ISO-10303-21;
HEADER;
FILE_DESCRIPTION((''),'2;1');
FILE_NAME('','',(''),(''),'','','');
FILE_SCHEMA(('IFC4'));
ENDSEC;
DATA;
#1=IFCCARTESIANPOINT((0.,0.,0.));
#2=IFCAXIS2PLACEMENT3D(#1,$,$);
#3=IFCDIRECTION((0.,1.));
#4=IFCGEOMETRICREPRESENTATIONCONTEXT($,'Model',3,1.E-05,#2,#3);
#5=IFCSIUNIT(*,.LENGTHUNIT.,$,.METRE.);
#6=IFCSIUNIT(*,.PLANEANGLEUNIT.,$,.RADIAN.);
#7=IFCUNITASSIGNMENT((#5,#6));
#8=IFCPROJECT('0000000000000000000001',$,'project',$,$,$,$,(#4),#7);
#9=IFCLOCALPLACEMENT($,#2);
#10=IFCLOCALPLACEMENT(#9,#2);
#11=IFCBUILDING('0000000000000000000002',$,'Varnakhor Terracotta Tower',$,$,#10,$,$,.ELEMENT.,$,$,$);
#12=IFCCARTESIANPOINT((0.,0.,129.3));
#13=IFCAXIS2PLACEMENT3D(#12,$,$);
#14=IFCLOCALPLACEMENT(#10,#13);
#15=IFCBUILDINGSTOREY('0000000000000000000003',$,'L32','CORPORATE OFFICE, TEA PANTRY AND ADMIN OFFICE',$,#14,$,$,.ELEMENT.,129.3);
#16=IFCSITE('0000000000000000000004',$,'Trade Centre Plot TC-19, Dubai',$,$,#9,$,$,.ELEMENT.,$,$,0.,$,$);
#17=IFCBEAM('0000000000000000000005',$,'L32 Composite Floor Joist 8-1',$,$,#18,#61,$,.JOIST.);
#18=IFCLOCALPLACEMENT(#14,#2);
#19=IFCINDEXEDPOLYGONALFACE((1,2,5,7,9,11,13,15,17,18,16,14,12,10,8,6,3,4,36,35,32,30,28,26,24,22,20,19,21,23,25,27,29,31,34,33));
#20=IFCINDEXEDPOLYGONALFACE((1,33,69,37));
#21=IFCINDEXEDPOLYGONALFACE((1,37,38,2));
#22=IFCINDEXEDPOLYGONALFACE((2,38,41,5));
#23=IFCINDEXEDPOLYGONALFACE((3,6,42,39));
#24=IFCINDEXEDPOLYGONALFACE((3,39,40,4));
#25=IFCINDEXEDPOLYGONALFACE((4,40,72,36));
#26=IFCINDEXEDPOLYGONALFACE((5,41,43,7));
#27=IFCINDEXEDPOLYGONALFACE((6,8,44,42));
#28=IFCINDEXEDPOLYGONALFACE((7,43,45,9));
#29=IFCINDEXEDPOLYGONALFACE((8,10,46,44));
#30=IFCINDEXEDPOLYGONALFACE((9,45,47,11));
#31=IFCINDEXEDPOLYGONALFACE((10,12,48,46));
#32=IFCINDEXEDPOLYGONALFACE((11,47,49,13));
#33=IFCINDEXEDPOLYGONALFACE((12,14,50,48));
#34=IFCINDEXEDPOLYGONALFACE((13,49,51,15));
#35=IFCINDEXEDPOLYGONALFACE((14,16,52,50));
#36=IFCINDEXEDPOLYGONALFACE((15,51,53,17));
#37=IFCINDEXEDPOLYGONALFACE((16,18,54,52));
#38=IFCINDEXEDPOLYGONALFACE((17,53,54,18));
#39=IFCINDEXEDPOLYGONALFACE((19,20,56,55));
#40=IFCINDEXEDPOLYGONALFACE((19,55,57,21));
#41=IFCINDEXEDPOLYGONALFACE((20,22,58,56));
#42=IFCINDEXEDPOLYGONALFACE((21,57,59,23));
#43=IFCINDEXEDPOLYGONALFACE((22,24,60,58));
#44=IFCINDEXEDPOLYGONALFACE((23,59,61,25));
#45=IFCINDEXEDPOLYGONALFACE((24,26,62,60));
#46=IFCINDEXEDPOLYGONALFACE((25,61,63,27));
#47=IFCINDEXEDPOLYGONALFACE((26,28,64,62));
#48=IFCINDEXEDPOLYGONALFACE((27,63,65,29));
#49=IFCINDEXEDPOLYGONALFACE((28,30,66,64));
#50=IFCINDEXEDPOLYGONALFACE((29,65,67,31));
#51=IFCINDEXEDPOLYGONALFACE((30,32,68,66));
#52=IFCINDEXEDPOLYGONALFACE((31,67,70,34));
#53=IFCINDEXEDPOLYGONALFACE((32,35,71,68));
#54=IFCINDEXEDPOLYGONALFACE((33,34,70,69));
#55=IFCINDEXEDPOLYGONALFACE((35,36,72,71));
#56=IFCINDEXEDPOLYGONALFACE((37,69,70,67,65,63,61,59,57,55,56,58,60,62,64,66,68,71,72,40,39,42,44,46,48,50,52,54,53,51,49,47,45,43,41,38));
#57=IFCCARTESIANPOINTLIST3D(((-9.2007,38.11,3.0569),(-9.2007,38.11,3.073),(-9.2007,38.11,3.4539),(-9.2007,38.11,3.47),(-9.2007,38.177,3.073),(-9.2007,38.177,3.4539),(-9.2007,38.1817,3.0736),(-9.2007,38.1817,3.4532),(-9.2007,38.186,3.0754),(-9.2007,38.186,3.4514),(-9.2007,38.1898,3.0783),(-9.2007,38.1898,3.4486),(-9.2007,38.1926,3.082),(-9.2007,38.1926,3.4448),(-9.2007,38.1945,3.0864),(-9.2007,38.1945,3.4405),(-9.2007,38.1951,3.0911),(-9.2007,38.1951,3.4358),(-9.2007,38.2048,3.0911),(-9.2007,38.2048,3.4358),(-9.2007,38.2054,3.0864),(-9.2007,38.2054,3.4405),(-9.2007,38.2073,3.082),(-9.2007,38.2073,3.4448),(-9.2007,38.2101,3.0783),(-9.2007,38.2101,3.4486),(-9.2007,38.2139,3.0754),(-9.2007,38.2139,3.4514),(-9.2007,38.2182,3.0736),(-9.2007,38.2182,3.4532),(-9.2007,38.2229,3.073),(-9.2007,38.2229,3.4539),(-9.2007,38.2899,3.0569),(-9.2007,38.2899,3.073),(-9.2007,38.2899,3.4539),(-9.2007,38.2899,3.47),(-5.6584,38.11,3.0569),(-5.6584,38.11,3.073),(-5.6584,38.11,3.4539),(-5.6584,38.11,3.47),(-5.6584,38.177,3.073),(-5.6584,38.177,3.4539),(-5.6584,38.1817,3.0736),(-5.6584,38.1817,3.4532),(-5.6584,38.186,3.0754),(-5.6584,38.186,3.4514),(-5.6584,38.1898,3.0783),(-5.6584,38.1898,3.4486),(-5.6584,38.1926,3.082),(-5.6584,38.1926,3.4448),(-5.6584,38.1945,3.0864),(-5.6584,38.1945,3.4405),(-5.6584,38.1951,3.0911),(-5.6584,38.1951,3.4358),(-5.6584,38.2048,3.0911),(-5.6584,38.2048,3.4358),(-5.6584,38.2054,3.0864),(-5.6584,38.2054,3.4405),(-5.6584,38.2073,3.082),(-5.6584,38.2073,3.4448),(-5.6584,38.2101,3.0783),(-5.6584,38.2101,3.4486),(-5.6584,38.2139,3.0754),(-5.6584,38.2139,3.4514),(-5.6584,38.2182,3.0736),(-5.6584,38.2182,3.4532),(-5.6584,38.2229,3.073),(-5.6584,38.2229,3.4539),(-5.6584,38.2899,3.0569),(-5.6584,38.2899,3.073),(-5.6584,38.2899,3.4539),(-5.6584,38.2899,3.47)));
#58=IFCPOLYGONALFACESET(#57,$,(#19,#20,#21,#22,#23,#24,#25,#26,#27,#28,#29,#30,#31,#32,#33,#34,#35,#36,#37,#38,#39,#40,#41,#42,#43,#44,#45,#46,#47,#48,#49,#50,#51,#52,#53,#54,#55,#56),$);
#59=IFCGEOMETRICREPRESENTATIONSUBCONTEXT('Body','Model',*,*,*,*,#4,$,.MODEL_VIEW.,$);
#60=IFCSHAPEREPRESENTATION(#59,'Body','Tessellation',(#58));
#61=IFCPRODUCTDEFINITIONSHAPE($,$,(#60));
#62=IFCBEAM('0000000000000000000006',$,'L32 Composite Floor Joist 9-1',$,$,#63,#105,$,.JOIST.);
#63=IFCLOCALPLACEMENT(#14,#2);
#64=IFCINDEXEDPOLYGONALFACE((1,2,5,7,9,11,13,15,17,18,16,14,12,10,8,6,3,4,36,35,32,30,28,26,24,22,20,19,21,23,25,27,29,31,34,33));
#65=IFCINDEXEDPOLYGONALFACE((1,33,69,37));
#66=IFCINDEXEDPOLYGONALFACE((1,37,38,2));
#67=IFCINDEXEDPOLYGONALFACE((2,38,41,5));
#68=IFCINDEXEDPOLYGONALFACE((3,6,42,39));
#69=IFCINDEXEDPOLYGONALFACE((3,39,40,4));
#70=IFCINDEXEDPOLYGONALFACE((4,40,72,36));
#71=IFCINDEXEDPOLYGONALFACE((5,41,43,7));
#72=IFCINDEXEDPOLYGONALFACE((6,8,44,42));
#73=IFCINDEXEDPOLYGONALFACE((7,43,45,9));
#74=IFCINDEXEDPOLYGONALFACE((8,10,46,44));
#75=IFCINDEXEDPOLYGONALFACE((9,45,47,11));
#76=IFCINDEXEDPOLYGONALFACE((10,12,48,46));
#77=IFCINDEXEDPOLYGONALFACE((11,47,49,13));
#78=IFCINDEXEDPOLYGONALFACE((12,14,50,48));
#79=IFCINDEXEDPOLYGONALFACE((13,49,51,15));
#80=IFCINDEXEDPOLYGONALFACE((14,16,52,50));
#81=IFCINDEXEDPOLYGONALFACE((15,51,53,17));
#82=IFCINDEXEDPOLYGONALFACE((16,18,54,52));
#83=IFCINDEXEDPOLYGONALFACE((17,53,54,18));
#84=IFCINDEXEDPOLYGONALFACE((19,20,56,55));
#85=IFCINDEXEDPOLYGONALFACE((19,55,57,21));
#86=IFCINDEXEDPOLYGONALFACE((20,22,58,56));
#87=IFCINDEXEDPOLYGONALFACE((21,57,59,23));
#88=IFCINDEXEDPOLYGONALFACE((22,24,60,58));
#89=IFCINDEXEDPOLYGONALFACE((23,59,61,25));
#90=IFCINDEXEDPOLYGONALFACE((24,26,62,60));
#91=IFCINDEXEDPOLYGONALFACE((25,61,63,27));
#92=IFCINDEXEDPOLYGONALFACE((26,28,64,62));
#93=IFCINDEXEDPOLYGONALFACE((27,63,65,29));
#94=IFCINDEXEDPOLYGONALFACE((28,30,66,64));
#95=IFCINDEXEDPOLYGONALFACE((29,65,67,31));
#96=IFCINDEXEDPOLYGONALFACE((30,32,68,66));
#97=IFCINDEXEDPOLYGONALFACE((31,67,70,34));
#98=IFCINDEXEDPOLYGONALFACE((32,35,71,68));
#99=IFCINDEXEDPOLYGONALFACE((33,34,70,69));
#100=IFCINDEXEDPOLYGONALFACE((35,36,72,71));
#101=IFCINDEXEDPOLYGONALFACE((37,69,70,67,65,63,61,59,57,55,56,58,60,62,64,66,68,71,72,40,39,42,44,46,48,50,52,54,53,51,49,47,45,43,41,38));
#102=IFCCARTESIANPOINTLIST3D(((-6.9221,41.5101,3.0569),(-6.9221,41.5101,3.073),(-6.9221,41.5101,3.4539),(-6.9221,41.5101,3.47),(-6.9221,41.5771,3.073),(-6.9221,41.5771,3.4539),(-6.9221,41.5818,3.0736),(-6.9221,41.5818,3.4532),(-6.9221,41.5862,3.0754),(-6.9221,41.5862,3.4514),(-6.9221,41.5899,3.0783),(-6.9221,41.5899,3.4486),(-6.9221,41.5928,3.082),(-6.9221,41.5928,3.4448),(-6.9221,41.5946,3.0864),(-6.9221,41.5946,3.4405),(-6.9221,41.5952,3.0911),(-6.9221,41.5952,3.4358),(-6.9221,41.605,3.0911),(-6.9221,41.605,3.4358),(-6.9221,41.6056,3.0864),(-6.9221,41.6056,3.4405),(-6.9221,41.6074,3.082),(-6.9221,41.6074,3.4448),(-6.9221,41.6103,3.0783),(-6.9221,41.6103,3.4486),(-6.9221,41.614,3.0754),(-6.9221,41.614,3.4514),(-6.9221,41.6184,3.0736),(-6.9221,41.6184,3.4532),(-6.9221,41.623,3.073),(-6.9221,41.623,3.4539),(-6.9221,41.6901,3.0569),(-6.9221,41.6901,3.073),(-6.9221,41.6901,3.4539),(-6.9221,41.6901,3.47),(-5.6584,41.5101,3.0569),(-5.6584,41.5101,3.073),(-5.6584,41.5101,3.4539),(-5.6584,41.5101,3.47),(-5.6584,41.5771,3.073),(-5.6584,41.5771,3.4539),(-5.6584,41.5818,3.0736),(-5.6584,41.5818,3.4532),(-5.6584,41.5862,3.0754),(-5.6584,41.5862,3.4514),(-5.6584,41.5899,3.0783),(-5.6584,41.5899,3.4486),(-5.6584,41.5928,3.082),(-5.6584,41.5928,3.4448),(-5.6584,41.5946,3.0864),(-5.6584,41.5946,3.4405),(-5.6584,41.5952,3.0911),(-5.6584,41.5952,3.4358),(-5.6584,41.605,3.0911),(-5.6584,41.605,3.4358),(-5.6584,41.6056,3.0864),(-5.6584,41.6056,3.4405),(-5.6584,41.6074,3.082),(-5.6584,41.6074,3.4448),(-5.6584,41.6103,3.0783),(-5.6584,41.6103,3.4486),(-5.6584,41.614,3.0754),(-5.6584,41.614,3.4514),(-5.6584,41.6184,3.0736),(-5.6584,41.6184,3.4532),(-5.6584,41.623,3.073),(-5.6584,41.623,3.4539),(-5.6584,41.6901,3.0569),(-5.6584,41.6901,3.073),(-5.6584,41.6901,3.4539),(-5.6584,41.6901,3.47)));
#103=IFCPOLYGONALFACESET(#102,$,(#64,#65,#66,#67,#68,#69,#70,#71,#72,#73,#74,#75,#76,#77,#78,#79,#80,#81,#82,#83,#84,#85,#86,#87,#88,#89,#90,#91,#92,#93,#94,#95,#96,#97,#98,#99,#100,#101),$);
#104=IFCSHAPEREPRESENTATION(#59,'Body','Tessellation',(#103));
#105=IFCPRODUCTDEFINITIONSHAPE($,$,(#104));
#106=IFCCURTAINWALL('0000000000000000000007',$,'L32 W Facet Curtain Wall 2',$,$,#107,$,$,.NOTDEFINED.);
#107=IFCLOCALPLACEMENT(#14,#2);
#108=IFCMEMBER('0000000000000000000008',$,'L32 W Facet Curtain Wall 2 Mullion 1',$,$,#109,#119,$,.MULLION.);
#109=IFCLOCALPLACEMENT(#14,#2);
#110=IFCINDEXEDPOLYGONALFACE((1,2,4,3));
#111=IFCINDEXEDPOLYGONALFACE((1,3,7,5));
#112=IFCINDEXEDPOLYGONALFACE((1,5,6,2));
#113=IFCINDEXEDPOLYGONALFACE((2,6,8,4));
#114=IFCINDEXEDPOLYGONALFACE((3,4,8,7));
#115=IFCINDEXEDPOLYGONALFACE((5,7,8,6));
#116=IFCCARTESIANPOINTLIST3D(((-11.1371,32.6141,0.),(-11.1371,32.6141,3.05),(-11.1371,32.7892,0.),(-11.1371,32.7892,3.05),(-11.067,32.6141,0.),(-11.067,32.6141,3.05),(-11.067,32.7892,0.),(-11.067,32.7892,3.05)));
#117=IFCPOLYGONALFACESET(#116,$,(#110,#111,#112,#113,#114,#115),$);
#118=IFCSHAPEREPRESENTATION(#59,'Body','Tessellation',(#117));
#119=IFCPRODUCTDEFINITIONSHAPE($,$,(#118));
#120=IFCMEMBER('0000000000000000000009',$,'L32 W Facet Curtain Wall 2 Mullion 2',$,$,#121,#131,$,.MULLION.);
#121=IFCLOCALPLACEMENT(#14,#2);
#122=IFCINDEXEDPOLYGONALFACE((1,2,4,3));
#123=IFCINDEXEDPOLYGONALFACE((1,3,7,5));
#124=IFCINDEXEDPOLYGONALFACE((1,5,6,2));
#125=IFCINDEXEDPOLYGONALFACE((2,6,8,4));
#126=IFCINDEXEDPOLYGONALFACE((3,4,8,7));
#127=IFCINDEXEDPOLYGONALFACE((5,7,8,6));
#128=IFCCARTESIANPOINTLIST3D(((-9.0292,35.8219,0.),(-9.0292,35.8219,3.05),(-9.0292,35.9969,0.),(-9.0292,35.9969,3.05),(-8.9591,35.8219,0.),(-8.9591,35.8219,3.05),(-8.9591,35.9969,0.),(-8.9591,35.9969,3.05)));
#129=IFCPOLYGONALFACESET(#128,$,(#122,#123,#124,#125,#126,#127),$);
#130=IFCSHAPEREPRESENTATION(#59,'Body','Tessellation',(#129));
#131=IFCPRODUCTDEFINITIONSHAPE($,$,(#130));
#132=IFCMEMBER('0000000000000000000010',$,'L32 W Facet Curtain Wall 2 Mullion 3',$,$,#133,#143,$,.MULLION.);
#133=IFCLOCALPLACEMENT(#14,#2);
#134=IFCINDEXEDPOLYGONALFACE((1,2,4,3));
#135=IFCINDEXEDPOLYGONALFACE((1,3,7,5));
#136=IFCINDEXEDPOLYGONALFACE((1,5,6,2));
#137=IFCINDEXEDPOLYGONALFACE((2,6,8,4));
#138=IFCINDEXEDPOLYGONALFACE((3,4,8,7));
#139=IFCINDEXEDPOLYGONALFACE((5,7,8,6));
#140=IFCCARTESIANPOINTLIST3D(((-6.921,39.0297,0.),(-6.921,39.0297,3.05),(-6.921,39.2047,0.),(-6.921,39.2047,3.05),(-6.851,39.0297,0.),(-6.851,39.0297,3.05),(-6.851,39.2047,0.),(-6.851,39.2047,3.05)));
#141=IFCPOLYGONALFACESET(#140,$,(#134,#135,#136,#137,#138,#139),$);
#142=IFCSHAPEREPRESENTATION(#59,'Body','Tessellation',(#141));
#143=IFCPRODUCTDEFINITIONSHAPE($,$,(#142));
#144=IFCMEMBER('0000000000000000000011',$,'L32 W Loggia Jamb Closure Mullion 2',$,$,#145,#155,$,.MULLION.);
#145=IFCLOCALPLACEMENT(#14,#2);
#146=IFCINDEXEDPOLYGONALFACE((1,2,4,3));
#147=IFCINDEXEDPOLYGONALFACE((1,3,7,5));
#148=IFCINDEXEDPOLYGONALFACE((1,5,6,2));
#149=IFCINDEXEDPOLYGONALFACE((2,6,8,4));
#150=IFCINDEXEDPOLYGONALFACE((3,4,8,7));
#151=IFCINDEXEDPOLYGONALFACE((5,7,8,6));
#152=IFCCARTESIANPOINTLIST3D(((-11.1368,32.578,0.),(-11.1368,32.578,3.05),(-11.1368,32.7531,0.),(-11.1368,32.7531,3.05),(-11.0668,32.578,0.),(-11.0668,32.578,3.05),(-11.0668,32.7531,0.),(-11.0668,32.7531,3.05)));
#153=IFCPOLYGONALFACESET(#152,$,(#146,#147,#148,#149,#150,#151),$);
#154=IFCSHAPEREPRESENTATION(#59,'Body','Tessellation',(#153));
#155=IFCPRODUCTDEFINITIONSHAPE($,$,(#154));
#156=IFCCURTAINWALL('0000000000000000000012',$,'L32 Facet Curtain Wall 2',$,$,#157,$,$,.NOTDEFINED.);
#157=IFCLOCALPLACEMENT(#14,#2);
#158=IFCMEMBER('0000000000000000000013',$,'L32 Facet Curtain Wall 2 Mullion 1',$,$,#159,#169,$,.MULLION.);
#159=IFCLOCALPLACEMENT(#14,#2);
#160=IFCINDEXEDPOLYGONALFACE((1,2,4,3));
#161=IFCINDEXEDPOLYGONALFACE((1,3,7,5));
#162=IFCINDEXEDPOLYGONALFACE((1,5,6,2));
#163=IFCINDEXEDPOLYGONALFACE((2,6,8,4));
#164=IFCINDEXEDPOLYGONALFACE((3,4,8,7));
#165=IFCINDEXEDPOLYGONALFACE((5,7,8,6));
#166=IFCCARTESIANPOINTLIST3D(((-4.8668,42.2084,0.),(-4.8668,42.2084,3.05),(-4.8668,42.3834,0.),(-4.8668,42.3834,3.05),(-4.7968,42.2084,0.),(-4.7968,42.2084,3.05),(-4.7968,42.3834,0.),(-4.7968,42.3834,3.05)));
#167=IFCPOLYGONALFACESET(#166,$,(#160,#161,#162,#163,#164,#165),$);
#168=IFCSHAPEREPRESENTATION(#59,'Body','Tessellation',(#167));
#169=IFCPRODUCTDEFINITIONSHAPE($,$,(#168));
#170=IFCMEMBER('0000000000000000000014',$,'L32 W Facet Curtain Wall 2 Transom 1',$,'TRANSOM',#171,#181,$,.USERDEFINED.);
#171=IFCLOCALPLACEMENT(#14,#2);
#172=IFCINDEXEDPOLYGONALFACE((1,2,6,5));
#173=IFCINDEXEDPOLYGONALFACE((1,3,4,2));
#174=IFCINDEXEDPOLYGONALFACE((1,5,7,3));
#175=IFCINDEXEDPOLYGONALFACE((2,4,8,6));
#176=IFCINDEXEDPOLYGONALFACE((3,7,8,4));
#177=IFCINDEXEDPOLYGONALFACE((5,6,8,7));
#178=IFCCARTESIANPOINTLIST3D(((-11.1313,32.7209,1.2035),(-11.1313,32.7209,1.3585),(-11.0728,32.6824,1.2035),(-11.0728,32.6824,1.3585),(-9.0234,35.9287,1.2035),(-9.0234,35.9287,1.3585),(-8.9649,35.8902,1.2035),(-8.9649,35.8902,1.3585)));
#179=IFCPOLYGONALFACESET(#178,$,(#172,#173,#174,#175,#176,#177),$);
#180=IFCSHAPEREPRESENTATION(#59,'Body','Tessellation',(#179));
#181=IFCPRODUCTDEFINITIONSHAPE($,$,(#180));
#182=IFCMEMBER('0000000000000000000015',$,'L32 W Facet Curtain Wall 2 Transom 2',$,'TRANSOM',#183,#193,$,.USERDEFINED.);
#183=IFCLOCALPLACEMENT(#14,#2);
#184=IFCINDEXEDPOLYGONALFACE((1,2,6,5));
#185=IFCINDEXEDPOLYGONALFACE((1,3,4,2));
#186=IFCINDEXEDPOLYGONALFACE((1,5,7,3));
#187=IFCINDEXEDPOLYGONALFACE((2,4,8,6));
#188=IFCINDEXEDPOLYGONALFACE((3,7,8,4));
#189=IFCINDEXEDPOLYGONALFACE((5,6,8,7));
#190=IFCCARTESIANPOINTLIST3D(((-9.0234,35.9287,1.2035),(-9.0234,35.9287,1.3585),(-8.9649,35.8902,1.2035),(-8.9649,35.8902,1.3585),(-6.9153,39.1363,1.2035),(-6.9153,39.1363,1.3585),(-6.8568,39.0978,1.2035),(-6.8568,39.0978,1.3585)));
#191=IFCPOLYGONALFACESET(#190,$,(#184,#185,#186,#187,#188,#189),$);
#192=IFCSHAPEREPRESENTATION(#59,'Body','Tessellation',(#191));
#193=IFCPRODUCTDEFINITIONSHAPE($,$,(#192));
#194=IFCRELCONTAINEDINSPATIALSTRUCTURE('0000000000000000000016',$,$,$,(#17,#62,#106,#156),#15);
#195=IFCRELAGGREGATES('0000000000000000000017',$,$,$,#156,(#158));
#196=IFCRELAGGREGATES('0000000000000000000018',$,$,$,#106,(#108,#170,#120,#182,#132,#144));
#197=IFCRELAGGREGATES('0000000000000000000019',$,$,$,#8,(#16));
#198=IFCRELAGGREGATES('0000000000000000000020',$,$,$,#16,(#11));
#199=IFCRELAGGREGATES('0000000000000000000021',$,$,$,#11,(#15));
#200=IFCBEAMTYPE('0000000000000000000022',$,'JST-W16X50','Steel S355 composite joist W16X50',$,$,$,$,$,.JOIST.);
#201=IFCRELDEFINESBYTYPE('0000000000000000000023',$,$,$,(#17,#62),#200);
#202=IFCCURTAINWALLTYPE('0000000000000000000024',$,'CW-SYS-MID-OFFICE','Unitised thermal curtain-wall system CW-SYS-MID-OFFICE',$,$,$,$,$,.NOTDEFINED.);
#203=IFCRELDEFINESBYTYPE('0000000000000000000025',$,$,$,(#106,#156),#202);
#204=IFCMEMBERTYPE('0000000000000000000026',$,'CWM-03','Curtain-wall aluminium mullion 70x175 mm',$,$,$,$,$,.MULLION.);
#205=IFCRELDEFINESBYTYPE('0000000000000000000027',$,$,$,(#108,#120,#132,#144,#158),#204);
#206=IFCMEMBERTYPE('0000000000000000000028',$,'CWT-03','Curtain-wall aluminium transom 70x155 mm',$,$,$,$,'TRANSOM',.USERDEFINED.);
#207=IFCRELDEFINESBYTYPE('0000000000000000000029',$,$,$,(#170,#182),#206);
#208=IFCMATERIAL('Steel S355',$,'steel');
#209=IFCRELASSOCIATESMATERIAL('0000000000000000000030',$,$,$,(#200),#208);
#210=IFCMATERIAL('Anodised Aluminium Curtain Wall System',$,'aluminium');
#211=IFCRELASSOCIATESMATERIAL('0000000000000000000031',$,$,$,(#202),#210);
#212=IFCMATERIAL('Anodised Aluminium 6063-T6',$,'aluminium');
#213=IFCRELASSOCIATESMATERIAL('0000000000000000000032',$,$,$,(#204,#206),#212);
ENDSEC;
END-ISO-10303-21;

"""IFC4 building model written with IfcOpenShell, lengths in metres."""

from ifc_helpers import new_model, si_unit, direction, frame, origin, origin_2d, place, context, subcontext, project, spatial, rectangle, i_section, extrude, source, transform, mapped, material, material_profile, profile_set, type_object, element, aggregate, save


model = new_model("IFC4")

# Units and contexts
model_context = context("Model", 3, precision=1e-05, world=origin(), true_north=direction((0.0, 1.0)))
body_context = subcontext(model_context, "Body", "Model", "MODEL_VIEW")
ifc_project = project(units=[si_unit("LENGTHUNIT", "METRE"), si_unit("PLANEANGLEUNIT", "RADIAN")], contexts=[model_context])

# Site, building, storey
site_placement = place(None, origin())
site = spatial("IfcSite", under=ifc_project, at=site_placement, Name="Trade Centre Plot TC-19, Dubai", CompositionType="ELEMENT", RefElevation=0.0)
building_placement = place(site_placement, origin())
building = spatial("IfcBuilding", under=site, at=building_placement, Name="Varnakhor Terracotta Tower", CompositionType="ELEMENT")
storey_placement = place(building_placement, frame((0.0, 0.0, 129.3)))
storey = spatial("IfcBuildingStorey", under=building, at=storey_placement, Name="L32", Description="CORPORATE OFFICE, TEA PANTRY AND ADMIN OFFICE", CompositionType="ELEMENT", Elevation=129.3)

# Beams
ifc_material_1 = material(Name="Steel S355", Category="steel")
ifc_material_profile_1 = material_profile(ifc_material_1, i_section(OverallWidth=0.1799, OverallDepth=0.4131, WebThickness=0.0098, FlangeThickness=0.0161, FilletRadius=0.0181, at=origin_2d()), Name="W16X50")
ifc_profile_set_1 = profile_set([ifc_material_profile_1], Name="Steel S355")
beam_type_1 = type_object("IfcBeamType", Name="JST-W16X50", Description="Steel S355 composite joist W16X50", PredefinedType="JOIST", material=ifc_profile_set_1)
shared_shape_1 = source(origin(), body_context, "Body", "SweptSolid", [
    extrude(i_section(OverallWidth=0.1799, OverallDepth=0.4131, WebThickness=0.0098, FlangeThickness=0.0161, FilletRadius=0.0181, at=origin_2d()), origin(), (0.0, 0.0, 1.0), 3.5422),
])
beam_1_placement = place(storey_placement, frame((-9.2007, 38.2, 3.2634), z_axis=(1.0, 0.0, 0.0), x_axis=(0.0, 1.0, 0.0)))
element("IfcBeam", 1, at=beam_1_placement, inside=storey, type_object=beam_type_1, Name="L32 Composite Floor Joist 8-1", PredefinedType="JOIST", context=body_context, shape_type="MappedRepresentation", body=[
    mapped(shared_shape_1, transform((0.0, 0.0, 0.0), scale=1.0)),
])
shared_shape_2 = source(origin(), body_context, "Body", "SweptSolid", [
    extrude(i_section(OverallWidth=0.1799, OverallDepth=0.4131, WebThickness=0.0098, FlangeThickness=0.0161, FilletRadius=0.0181, at=origin_2d()), origin(), (0.0, 0.0, 1.0), 1.2637),
])
beam_2_placement = place(storey_placement, frame((-6.9221, 41.6001, 3.2634), z_axis=(1.0, 0.0, 0.0), x_axis=(0.0, 1.0, 0.0)))
element("IfcBeam", 2, at=beam_2_placement, inside=storey, type_object=beam_type_1, Name="L32 Composite Floor Joist 9-1", PredefinedType="JOIST", context=body_context, shape_type="MappedRepresentation", body=[
    mapped(shared_shape_2, transform((0.0, 0.0, 0.0), scale=1.0)),
])

# Curtain wall, members
ifc_material_2 = material(Name="Anodised Aluminium Curtain Wall System", Category="aluminium")
curtain_wall_type = type_object("IfcCurtainWallType", Name="CW-SYS-MID-OFFICE", Description="Unitised thermal curtain-wall system CW-SYS-MID-OFFICE", PredefinedType="NOTDEFINED", material=ifc_material_2)
curtain_wall_1_placement = place(storey_placement, origin())
curtain_wall_1 = element("IfcCurtainWall", 3, at=curtain_wall_1_placement, inside=storey, type_object=curtain_wall_type, Name="L32 W Facet Curtain Wall 2", PredefinedType="NOTDEFINED")
ifc_material_3 = material(Name="Anodised Aluminium 6063-T6", Category="aluminium")
ifc_material_profile_2 = material_profile(ifc_material_3, rectangle(XDim=0.0701, YDim=0.175, at=origin_2d()), Name="ALU MULLION 70x175")
ifc_profile_set_2 = profile_set([ifc_material_profile_2], Name="Anodised Aluminium 6063-T6")
member_type_1 = type_object("IfcMemberType", Name="CWM-03", Description="Curtain-wall aluminium mullion 70x175 mm", PredefinedType="MULLION", material=ifc_profile_set_2)
shared_shape_3 = source(origin(), body_context, "Body", "SweptSolid", [
    extrude(rectangle(XDim=0.0701, YDim=0.175, at=origin_2d()), origin(), (0.0, 0.0, 1.0), 3.05),
])
member_1_placement = place(storey_placement, frame((-11.1021, 32.7017, 0.0), z_axis=(0.0, 0.0, 1.0), x_axis=(1.0, 0.0, 0.0)))
member_1 = element("IfcMember", 4, at=member_1_placement, type_object=member_type_1, Name="L32 W Facet Curtain Wall 2 Mullion 1", PredefinedType="MULLION", context=body_context, shape_type="MappedRepresentation", body=[
    mapped(shared_shape_3, transform((0.0, 0.0, 0.0), scale=1.0)),
])
member_2_placement = place(storey_placement, frame((-8.9941, 35.9094, 0.0), z_axis=(0.0, 0.0, 1.0), x_axis=(1.0, 0.0, 0.0)))
member_2 = element("IfcMember", 5, at=member_2_placement, type_object=member_type_1, Name="L32 W Facet Curtain Wall 2 Mullion 2", PredefinedType="MULLION", context=body_context, shape_type="MappedRepresentation", body=[
    mapped(shared_shape_3, transform((0.0, 0.0, 0.0), scale=1.0)),
])
member_3_placement = place(storey_placement, frame((-6.886, 39.1172, 0.0), z_axis=(0.0, 0.0, 1.0), x_axis=(1.0, 0.0, 0.0)))
member_3 = element("IfcMember", 6, at=member_3_placement, type_object=member_type_1, Name="L32 W Facet Curtain Wall 2 Mullion 3", PredefinedType="MULLION", context=body_context, shape_type="MappedRepresentation", body=[
    mapped(shared_shape_3, transform((0.0, 0.0, 0.0), scale=1.0)),
])
member_4_placement = place(storey_placement, frame((-11.1018, 32.6655, 0.0), z_axis=(0.0, 0.0, 1.0), x_axis=(1.0, 0.0, 0.0)))
member_4 = element("IfcMember", 7, at=member_4_placement, type_object=member_type_1, Name="L32 W Loggia Jamb Closure Mullion 2", PredefinedType="MULLION", context=body_context, shape_type="MappedRepresentation", body=[
    mapped(shared_shape_3, transform((0.0, 0.0, 0.0), scale=1.0)),
])

# Curtain wall, member
curtain_wall_2_placement = place(storey_placement, origin())
curtain_wall_2 = element("IfcCurtainWall", 8, at=curtain_wall_2_placement, inside=storey, type_object=curtain_wall_type, Name="L32 Facet Curtain Wall 2", PredefinedType="NOTDEFINED")
member_5_placement = place(storey_placement, frame((-4.8318, 42.2959, 0.0), z_axis=(0.0, 0.0, 1.0), x_axis=(1.0, 0.0, 0.0)))
member_5 = element("IfcMember", 9, at=member_5_placement, type_object=member_type_1, Name="L32 Facet Curtain Wall 2 Mullion 1", PredefinedType="MULLION", context=body_context, shape_type="MappedRepresentation", body=[
    mapped(shared_shape_3, transform((0.0, 0.0, 0.0), scale=1.0)),
])

# Members
ifc_material_profile_3 = material_profile(ifc_material_3, rectangle(XDim=0.0701, YDim=0.155, at=origin_2d()), Name="ALU TRANSOM 70x155")
ifc_profile_set_3 = profile_set([ifc_material_profile_3], Name="Anodised Aluminium 6063-T6")
member_type_2 = type_object("IfcMemberType", Name="CWT-03", Description="Curtain-wall aluminium transom 70x155 mm", ElementType="TRANSOM", PredefinedType="USERDEFINED", material=ifc_profile_set_3)
shared_shape_4 = source(origin(), body_context, "Body", "SweptSolid", [
    extrude(rectangle(XDim=0.0701, YDim=0.155, at=origin_2d()), origin(), (0.0, 0.0, 1.0), 3.8384),
])
member_6_placement = place(storey_placement, frame((-11.1021, 32.7017, 1.281), z_axis=(0.549169, 0.835711, 0.0), x_axis=(-0.835711, 0.549169, 0.0)))
member_6 = element("IfcMember", 10, at=member_6_placement, type_object=member_type_2, Name="L32 W Facet Curtain Wall 2 Transom 1", ObjectType="TRANSOM", PredefinedType="USERDEFINED", context=body_context, shape_type="MappedRepresentation", body=[
    mapped(shared_shape_4, transform((0.0, 0.0, 0.0), scale=1.0)),
])
member_7_placement = place(storey_placement, frame((-8.9941, 35.9094, 1.281), z_axis=(0.549213, 0.835682, 0.0), x_axis=(-0.835682, 0.549213, 0.0)))
member_7 = element("IfcMember", 11, at=member_7_placement, type_object=member_type_2, Name="L32 W Facet Curtain Wall 2 Transom 2", ObjectType="TRANSOM", PredefinedType="USERDEFINED", context=body_context, shape_type="MappedRepresentation", body=[
    mapped(shared_shape_4, transform((0.0, 0.0, 0.0), scale=1.0)),
])
aggregate(curtain_wall_2, [member_5])

aggregate(curtain_wall_1, [member_1, member_6, member_2, member_7, member_3, member_4])

save(model, "model.ifc")
